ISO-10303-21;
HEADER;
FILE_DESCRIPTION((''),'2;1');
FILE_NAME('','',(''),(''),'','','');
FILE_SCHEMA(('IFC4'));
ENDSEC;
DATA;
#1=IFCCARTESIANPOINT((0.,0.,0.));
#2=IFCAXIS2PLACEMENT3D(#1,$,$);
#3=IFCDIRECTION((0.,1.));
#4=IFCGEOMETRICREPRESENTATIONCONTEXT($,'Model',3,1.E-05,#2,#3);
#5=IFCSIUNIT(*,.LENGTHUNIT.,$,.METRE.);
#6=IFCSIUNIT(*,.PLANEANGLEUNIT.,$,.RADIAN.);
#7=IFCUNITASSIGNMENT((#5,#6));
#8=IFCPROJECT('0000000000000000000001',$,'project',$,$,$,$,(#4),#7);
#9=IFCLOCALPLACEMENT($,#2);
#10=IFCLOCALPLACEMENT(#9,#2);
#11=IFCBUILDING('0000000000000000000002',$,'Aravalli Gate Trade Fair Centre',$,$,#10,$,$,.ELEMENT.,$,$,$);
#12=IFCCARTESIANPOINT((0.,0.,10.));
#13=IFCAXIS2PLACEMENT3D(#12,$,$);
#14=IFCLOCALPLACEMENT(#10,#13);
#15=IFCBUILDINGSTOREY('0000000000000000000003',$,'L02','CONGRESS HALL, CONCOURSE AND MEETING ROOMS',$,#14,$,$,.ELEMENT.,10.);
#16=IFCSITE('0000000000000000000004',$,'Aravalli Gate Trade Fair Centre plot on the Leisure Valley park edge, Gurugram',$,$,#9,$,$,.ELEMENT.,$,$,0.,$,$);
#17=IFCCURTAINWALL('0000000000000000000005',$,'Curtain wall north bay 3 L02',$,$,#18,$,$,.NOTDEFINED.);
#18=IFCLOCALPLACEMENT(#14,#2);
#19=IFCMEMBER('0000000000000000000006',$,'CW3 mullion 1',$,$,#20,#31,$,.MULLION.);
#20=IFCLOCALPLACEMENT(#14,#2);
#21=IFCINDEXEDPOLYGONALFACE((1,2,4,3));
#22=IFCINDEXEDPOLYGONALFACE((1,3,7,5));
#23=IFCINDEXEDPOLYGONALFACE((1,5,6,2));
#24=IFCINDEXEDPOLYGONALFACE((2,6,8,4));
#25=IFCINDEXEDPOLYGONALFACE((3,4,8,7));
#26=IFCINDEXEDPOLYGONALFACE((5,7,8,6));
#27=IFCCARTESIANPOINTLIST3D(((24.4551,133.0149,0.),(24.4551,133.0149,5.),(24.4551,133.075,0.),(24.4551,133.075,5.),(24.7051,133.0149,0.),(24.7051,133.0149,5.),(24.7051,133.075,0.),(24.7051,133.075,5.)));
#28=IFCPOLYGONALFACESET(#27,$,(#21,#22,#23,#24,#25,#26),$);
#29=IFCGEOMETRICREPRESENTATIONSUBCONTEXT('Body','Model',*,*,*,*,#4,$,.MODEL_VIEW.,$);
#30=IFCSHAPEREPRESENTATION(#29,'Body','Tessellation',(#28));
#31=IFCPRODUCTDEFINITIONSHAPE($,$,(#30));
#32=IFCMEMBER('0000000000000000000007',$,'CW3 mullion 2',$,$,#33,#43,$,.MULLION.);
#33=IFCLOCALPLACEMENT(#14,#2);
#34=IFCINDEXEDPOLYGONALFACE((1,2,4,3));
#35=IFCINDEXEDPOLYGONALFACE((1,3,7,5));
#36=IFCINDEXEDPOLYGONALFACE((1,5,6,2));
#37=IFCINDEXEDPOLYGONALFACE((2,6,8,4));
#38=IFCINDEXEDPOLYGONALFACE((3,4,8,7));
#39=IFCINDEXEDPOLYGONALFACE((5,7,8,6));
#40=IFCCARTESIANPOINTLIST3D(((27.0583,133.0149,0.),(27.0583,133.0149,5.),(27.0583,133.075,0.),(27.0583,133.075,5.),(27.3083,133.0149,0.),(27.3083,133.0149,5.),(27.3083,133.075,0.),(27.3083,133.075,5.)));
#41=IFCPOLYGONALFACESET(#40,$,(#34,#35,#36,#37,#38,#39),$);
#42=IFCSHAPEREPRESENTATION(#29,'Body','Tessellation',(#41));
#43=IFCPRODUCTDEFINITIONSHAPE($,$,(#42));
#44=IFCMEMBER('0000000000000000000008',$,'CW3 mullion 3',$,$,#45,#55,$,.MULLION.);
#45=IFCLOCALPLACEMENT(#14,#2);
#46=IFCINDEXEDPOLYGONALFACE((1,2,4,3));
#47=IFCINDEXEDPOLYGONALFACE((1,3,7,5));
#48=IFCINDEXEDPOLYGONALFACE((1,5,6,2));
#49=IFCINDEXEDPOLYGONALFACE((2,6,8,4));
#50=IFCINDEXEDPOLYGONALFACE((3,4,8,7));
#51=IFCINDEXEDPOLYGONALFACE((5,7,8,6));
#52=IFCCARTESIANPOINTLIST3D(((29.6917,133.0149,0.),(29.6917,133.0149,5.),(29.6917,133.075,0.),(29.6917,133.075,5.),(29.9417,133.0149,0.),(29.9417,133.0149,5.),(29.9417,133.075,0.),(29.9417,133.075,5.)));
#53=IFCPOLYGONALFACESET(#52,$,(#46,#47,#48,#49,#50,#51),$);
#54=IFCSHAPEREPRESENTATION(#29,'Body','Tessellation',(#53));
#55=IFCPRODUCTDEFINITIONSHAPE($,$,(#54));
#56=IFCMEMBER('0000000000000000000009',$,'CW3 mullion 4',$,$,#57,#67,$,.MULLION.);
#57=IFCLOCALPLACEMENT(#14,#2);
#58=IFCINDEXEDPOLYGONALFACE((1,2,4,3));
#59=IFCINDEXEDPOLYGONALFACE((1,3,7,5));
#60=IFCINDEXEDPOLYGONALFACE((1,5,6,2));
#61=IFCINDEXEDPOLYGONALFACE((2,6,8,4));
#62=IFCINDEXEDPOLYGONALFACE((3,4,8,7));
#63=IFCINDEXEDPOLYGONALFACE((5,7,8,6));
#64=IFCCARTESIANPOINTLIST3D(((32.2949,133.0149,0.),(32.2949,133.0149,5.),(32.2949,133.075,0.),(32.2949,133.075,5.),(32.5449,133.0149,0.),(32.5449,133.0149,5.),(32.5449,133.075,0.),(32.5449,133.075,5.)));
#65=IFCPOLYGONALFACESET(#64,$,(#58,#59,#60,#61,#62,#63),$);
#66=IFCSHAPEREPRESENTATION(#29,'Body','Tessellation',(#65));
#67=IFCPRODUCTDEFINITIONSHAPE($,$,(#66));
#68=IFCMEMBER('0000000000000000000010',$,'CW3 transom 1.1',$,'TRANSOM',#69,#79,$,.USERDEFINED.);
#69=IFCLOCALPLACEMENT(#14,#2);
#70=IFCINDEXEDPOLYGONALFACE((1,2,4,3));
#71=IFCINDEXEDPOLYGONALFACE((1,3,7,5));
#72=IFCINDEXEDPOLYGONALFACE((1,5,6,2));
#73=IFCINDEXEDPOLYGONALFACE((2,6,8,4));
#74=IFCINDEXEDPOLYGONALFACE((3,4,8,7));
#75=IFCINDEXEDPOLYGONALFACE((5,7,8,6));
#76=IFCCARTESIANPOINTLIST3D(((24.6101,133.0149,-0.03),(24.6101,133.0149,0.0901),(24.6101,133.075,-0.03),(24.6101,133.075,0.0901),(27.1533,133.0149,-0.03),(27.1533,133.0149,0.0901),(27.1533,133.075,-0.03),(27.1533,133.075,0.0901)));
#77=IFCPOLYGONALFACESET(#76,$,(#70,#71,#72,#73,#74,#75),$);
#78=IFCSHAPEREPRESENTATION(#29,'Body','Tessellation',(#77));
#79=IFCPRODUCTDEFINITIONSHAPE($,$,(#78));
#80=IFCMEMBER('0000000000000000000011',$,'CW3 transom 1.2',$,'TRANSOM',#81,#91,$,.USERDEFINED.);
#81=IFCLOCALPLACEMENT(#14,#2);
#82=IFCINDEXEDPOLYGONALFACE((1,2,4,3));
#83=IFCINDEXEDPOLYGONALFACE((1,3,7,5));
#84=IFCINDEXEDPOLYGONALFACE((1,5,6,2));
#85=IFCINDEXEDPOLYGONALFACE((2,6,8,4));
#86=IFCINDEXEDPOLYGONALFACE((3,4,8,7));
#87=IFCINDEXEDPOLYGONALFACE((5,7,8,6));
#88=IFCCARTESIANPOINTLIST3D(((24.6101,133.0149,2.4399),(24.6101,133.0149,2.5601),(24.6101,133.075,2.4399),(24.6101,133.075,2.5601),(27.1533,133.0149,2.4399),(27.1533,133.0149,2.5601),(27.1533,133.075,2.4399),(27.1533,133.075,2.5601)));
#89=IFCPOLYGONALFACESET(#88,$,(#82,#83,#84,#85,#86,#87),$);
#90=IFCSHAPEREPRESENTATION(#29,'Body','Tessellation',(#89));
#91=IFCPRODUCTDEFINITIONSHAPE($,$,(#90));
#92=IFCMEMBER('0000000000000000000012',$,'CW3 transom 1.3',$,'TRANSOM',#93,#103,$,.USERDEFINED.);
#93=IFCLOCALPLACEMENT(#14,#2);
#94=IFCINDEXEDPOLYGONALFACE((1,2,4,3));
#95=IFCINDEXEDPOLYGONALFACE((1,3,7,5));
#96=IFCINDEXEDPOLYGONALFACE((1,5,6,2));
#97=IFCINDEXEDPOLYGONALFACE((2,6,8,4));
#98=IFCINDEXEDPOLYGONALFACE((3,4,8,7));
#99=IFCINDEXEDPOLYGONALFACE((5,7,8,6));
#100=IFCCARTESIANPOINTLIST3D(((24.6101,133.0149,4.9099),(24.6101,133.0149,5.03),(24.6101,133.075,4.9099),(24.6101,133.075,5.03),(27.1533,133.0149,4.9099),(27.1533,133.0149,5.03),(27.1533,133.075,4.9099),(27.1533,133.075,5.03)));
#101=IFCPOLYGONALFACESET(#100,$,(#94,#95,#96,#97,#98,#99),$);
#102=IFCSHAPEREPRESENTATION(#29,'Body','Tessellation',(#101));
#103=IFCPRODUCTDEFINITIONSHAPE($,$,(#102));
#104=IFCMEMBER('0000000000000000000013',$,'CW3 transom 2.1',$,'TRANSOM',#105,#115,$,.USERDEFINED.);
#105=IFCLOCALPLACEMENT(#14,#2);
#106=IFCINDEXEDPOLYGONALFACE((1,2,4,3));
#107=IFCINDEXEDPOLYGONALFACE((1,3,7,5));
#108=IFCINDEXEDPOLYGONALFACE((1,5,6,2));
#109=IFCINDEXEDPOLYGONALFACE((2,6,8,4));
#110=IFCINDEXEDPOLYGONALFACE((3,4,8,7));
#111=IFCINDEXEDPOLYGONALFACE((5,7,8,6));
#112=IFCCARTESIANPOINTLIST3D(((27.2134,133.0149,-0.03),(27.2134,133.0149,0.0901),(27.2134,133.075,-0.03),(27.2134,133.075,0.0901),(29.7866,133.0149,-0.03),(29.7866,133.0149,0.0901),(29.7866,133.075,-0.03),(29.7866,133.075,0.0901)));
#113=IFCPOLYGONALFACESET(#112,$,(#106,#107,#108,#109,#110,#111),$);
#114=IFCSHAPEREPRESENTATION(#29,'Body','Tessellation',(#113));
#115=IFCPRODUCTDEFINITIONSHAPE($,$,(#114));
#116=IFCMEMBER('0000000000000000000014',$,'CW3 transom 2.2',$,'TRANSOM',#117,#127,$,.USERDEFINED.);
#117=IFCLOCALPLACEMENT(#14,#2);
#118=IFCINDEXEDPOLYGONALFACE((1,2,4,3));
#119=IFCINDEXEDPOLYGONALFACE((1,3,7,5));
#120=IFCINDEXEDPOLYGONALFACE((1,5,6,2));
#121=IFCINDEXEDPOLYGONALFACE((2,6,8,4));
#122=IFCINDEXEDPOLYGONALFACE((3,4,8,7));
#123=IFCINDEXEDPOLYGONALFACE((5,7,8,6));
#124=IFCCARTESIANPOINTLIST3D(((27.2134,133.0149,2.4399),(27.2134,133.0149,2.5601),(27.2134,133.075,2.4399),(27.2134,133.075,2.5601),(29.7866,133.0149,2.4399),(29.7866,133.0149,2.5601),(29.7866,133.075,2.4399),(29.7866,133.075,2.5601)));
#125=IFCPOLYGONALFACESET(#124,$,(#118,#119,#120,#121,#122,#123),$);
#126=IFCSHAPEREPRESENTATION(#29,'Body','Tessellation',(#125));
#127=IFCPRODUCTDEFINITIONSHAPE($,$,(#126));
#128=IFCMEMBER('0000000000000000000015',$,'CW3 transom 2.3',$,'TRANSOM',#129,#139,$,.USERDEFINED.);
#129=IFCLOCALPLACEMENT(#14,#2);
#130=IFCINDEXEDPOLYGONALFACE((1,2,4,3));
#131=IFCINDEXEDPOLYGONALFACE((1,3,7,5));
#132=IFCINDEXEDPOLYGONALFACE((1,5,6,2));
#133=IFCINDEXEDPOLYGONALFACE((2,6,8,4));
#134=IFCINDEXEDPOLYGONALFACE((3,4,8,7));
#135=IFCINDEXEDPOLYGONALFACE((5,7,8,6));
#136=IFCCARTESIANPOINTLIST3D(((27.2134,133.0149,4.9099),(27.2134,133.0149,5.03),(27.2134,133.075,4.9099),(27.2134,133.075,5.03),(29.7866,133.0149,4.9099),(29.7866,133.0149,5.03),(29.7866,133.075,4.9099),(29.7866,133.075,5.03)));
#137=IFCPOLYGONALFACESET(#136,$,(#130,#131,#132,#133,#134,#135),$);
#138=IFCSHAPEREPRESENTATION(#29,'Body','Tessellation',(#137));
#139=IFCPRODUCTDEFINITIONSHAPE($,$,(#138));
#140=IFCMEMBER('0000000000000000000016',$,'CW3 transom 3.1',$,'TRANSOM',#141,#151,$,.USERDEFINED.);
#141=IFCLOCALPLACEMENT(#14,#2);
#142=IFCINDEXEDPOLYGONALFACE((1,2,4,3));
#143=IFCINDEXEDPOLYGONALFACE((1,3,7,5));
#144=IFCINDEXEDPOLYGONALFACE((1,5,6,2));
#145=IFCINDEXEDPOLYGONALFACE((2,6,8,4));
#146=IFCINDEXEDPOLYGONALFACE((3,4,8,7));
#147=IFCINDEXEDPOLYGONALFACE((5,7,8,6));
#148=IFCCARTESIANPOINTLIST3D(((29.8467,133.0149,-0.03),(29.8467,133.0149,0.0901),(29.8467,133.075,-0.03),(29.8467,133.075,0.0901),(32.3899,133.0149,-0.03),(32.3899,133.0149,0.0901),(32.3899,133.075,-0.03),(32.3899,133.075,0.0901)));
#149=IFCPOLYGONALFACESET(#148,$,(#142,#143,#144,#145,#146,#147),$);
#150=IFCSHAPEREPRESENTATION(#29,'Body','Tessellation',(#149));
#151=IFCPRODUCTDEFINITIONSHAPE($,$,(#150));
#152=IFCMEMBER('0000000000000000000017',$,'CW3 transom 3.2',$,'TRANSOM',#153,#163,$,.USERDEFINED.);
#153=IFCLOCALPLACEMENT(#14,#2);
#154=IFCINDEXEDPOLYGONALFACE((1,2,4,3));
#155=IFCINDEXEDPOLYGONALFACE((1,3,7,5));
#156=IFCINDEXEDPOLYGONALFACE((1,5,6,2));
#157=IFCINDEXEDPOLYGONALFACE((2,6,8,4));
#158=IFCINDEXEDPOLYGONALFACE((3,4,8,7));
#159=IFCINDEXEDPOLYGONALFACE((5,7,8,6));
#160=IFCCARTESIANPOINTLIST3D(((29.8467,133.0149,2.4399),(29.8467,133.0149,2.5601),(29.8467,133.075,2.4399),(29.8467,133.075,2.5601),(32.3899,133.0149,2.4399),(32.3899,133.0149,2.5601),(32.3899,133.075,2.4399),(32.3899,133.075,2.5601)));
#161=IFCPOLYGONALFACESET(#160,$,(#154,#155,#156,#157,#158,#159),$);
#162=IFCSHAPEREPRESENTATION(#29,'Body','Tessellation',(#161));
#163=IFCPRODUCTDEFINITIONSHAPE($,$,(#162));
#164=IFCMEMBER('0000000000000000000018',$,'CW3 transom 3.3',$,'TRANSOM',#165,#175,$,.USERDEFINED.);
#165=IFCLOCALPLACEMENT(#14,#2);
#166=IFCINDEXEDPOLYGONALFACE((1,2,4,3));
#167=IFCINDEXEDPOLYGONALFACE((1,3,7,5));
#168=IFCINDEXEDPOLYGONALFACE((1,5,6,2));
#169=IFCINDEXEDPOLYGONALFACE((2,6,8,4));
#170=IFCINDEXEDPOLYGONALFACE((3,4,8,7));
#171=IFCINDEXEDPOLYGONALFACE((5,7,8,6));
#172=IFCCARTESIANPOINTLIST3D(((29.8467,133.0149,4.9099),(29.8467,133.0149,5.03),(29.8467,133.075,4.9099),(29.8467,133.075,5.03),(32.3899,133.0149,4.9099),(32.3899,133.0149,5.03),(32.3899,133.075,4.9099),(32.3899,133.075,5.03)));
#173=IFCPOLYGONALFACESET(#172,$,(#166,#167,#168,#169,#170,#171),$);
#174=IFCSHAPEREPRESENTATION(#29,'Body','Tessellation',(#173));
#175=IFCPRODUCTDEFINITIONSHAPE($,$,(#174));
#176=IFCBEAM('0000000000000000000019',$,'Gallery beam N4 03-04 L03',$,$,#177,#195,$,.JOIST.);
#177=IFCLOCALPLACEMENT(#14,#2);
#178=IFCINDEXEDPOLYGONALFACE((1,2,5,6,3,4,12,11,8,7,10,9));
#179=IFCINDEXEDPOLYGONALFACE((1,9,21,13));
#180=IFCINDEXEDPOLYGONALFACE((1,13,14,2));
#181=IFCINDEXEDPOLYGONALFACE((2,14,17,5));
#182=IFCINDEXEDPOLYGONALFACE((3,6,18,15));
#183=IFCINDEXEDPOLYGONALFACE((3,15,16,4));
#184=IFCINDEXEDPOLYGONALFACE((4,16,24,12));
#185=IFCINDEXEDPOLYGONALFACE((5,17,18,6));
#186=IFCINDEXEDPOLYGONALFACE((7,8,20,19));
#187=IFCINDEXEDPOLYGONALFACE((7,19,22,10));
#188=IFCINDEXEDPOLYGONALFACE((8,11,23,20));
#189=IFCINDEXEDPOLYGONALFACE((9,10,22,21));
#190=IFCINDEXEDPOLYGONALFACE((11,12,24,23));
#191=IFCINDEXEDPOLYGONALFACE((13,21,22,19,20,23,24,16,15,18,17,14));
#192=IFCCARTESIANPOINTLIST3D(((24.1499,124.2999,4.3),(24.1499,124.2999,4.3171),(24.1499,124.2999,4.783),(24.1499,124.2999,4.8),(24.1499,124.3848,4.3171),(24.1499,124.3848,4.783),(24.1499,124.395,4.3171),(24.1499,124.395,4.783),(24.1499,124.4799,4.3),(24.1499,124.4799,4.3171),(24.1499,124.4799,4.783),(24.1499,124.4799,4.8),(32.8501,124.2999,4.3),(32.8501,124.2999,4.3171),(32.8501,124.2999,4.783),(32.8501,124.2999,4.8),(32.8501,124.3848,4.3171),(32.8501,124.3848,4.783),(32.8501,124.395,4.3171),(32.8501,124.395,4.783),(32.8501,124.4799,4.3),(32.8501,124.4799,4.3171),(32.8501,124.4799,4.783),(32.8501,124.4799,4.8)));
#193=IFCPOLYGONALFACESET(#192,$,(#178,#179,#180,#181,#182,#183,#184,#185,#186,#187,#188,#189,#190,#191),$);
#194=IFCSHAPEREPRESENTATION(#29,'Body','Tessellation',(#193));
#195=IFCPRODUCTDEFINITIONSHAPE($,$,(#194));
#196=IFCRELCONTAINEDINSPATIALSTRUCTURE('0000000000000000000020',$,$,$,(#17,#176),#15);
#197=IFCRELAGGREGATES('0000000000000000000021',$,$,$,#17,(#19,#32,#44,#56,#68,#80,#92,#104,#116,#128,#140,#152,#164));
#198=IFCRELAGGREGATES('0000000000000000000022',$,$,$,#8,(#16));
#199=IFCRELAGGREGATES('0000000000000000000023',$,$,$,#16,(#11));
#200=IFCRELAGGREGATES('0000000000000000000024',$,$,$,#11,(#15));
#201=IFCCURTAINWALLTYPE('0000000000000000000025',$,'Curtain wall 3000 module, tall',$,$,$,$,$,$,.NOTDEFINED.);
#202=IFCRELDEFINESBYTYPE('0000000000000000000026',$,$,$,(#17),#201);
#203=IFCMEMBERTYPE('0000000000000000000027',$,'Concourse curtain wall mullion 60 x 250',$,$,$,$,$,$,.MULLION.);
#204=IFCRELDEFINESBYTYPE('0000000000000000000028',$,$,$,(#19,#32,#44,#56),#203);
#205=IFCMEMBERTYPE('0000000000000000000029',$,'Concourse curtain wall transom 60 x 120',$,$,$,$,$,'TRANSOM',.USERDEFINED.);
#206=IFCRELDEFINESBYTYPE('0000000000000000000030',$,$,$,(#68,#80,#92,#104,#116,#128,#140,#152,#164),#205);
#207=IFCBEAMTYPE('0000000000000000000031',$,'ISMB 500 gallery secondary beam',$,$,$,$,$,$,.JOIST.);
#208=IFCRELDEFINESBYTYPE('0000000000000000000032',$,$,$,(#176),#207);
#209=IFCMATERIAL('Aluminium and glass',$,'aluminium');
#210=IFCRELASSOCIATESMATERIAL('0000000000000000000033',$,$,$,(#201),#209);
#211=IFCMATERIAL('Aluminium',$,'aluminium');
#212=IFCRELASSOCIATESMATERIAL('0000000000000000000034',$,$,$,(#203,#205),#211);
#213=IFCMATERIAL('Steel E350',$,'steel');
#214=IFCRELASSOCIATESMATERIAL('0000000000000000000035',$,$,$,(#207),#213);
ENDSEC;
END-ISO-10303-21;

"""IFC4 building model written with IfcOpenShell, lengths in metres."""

from ifc_helpers import new_model, si_unit, direction, frame, origin, origin_2d, place, context, subcontext, project, spatial, rectangle, i_section, extrude, material, material_profile, profile_set, type_object, element, aggregate, save


model = new_model("IFC4")

# Units and contexts
model_context = context("Model", 3, precision=1e-05, world=origin(), true_north=direction((0.0, 1.0)))
body_context = subcontext(model_context, "Body", "Model", "MODEL_VIEW")
ifc_project = project(units=[si_unit("LENGTHUNIT", "METRE"), si_unit("PLANEANGLEUNIT", "RADIAN")], contexts=[model_context])

# Site, building, storey
site_placement = place(None, origin())
site = spatial("IfcSite", under=ifc_project, at=site_placement, Name="Aravalli Gate Trade Fair Centre plot on the Leisure Valley park edge, Gurugram", CompositionType="ELEMENT", RefElevation=0.0)
building_placement = place(site_placement, origin())
building = spatial("IfcBuilding", under=site, at=building_placement, Name="Aravalli Gate Trade Fair Centre", CompositionType="ELEMENT")
storey_placement = place(building_placement, frame((0.0, 0.0, 10.0)))
storey = spatial("IfcBuildingStorey", under=building, at=storey_placement, Name="L02", Description="CONGRESS HALL, CONCOURSE AND MEETING ROOMS", CompositionType="ELEMENT", Elevation=10.0)

# Curtain wall, members
ifc_material_1 = material(Name="Aluminium and glass", Category="aluminium")
curtain_wall_type = type_object("IfcCurtainWallType", Name="Curtain wall 3000 module, tall", PredefinedType="NOTDEFINED", material=ifc_material_1)
curtain_wall_placement = place(storey_placement, origin())
curtain_wall = element("IfcCurtainWall", 1, at=curtain_wall_placement, inside=storey, type_object=curtain_wall_type, Name="Curtain wall north bay 3 L02", PredefinedType="NOTDEFINED")
ifc_material_2 = material(Name="Aluminium", Category="aluminium")
ifc_material_profile_1 = material_profile(ifc_material_2, rectangle(XDim=0.0601, YDim=0.25, at=origin_2d()), Name="Concourse curtain wall mullion 60 x 250")
ifc_profile_set_1 = profile_set([ifc_material_profile_1], Name="Aluminium")
member_type_1 = type_object("IfcMemberType", Name="Concourse curtain wall mullion 60 x 250", PredefinedType="MULLION", material=ifc_profile_set_1)
member_1_placement = place(storey_placement, frame((24.5801, 133.0449, 0.0), z_axis=(0.0, 0.0, 1.0), x_axis=(0.0, 1.0, 0.0)))
member_1 = element("IfcMember", 2, at=member_1_placement, type_object=member_type_1, Name="CW3 mullion 1", PredefinedType="MULLION", context=body_context, shape_type="SweptSolid", body=[
    extrude(rectangle(XDim=0.0601, YDim=0.25, at=origin_2d()), origin(), (0.0, 0.0, 1.0), 5.0),
])
member_2_placement = place(storey_placement, frame((27.1833, 133.0449, 0.0), z_axis=(0.0, 0.0, 1.0), x_axis=(0.0, 1.0, 0.0)))
member_2 = element("IfcMember", 3, at=member_2_placement, type_object=member_type_1, Name="CW3 mullion 2", PredefinedType="MULLION", context=body_context, shape_type="SweptSolid", body=[
    extrude(rectangle(XDim=0.0601, YDim=0.25, at=origin_2d()), origin(), (0.0, 0.0, 1.0), 5.0),
])
member_3_placement = place(storey_placement, frame((29.8167, 133.0449, 0.0), z_axis=(0.0, 0.0, 1.0), x_axis=(0.0, 1.0, 0.0)))
member_3 = element("IfcMember", 4, at=member_3_placement, type_object=member_type_1, Name="CW3 mullion 3", PredefinedType="MULLION", context=body_context, shape_type="SweptSolid", body=[
    extrude(rectangle(XDim=0.0601, YDim=0.25, at=origin_2d()), origin(), (0.0, 0.0, 1.0), 5.0),
])
member_4_placement = place(storey_placement, frame((32.4199, 133.0449, 0.0), z_axis=(0.0, 0.0, 1.0), x_axis=(0.0, 1.0, 0.0)))
member_4 = element("IfcMember", 5, at=member_4_placement, type_object=member_type_1, Name="CW3 mullion 4", PredefinedType="MULLION", context=body_context, shape_type="SweptSolid", body=[
    extrude(rectangle(XDim=0.0601, YDim=0.25, at=origin_2d()), origin(), (0.0, 0.0, 1.0), 5.0),
])
ifc_material_profile_2 = material_profile(ifc_material_2, rectangle(XDim=0.0601, YDim=0.1201, at=origin_2d()), Name="Concourse curtain wall transom 60 x 120")
ifc_profile_set_2 = profile_set([ifc_material_profile_2], Name="Aluminium")
member_type_2 = type_object("IfcMemberType", Name="Concourse curtain wall transom 60 x 120", ElementType="TRANSOM", PredefinedType="USERDEFINED", material=ifc_profile_set_2)
member_5_placement = place(storey_placement, frame((24.6101, 133.0449, 0.03), z_axis=(1.0, 0.0, 0.0), x_axis=(0.0, 1.0, 0.0)))
member_5 = element("IfcMember", 6, at=member_5_placement, type_object=member_type_2, Name="CW3 transom 1.1", ObjectType="TRANSOM", PredefinedType="USERDEFINED", context=body_context, shape_type="SweptSolid", body=[
    extrude(rectangle(XDim=0.0601, YDim=0.1201, at=origin_2d()), origin(), (0.0, 0.0, 1.0), 2.5432),
])
member_6_placement = place(storey_placement, frame((24.6101, 133.0449, 2.5), z_axis=(1.0, 0.0, 0.0), x_axis=(0.0, 1.0, 0.0)))
member_6 = element("IfcMember", 7, at=member_6_placement, type_object=member_type_2, Name="CW3 transom 1.2", ObjectType="TRANSOM", PredefinedType="USERDEFINED", context=body_context, shape_type="SweptSolid", body=[
    extrude(rectangle(XDim=0.0601, YDim=0.1201, at=origin_2d()), origin(), (0.0, 0.0, 1.0), 2.5432),
])
member_7_placement = place(storey_placement, frame((24.6101, 133.0449, 4.97), z_axis=(1.0, 0.0, 0.0), x_axis=(0.0, 1.0, 0.0)))
member_7 = element("IfcMember", 8, at=member_7_placement, type_object=member_type_2, Name="CW3 transom 1.3", ObjectType="TRANSOM", PredefinedType="USERDEFINED", context=body_context, shape_type="SweptSolid", body=[
    extrude(rectangle(XDim=0.0601, YDim=0.1201, at=origin_2d()), origin(), (0.0, 0.0, 1.0), 2.5432),
])
member_8_placement = place(storey_placement, frame((27.2134, 133.0449, 0.03), z_axis=(1.0, 0.0, 0.0), x_axis=(0.0, 1.0, 0.0)))
member_8 = element("IfcMember", 9, at=member_8_placement, type_object=member_type_2, Name="CW3 transom 2.1", ObjectType="TRANSOM", PredefinedType="USERDEFINED", context=body_context, shape_type="SweptSolid", body=[
    extrude(rectangle(XDim=0.0601, YDim=0.1201, at=origin_2d()), origin(), (0.0, 0.0, 1.0), 2.5732),
])
member_9_placement = place(storey_placement, frame((27.2134, 133.0449, 2.5), z_axis=(1.0, 0.0, 0.0), x_axis=(0.0, 1.0, 0.0)))
member_9 = element("IfcMember", 10, at=member_9_placement, type_object=member_type_2, Name="CW3 transom 2.2", ObjectType="TRANSOM", PredefinedType="USERDEFINED", context=body_context, shape_type="SweptSolid", body=[
    extrude(rectangle(XDim=0.0601, YDim=0.1201, at=origin_2d()), origin(), (0.0, 0.0, 1.0), 2.5732),
])
member_10_placement = place(storey_placement, frame((27.2134, 133.0449, 4.97), z_axis=(1.0, 0.0, 0.0), x_axis=(0.0, 1.0, 0.0)))
member_10 = element("IfcMember", 11, at=member_10_placement, type_object=member_type_2, Name="CW3 transom 2.3", ObjectType="TRANSOM", PredefinedType="USERDEFINED", context=body_context, shape_type="SweptSolid", body=[
    extrude(rectangle(XDim=0.0601, YDim=0.1201, at=origin_2d()), origin(), (0.0, 0.0, 1.0), 2.5732),
])
member_11_placement = place(storey_placement, frame((29.8467, 133.0449, 0.03), z_axis=(1.0, 0.0, 0.0), x_axis=(0.0, 1.0, 0.0)))
member_11 = element("IfcMember", 12, at=member_11_placement, type_object=member_type_2, Name="CW3 transom 3.1", ObjectType="TRANSOM", PredefinedType="USERDEFINED", context=body_context, shape_type="SweptSolid", body=[
    extrude(rectangle(XDim=0.0601, YDim=0.1201, at=origin_2d()), origin(), (0.0, 0.0, 1.0), 2.5432),
])
member_12_placement = place(storey_placement, frame((29.8467, 133.0449, 2.5), z_axis=(1.0, 0.0, 0.0), x_axis=(0.0, 1.0, 0.0)))
member_12 = element("IfcMember", 13, at=member_12_placement, type_object=member_type_2, Name="CW3 transom 3.2", ObjectType="TRANSOM", PredefinedType="USERDEFINED", context=body_context, shape_type="SweptSolid", body=[
    extrude(rectangle(XDim=0.0601, YDim=0.1201, at=origin_2d()), origin(), (0.0, 0.0, 1.0), 2.5432),
])
member_13_placement = place(storey_placement, frame((29.8467, 133.0449, 4.97), z_axis=(1.0, 0.0, 0.0), x_axis=(0.0, 1.0, 0.0)))
member_13 = element("IfcMember", 14, at=member_13_placement, type_object=member_type_2, Name="CW3 transom 3.3", ObjectType="TRANSOM", PredefinedType="USERDEFINED", context=body_context, shape_type="SweptSolid", body=[
    extrude(rectangle(XDim=0.0601, YDim=0.1201, at=origin_2d()), origin(), (0.0, 0.0, 1.0), 2.5432),
])

# Beam
ifc_material_3 = material(Name="Steel E350", Category="steel")
ifc_material_profile_3 = material_profile(ifc_material_3, i_section(OverallWidth=0.1799, OverallDepth=0.5, WebThickness=0.0103, FlangeThickness=0.0171, at=origin_2d()), Name="ISMB 500")
ifc_profile_set_3 = profile_set([ifc_material_profile_3], Name="Steel E350")
beam_type = type_object("IfcBeamType", Name="ISMB 500 gallery secondary beam", PredefinedType="JOIST", material=ifc_profile_set_3)
for number, where, z_axis, x_axis, name in (
    (15, (24.1499, 124.3899, 4.55), (1.0, 0.0, 0.0), (0.0, 1.0, 0.0), "Gallery beam N4 03-04 L03"),
):
    element("IfcBeam", number, at=place(storey_placement, frame(where, z_axis=z_axis, x_axis=x_axis)), inside=storey, type_object=beam_type, Name=name, PredefinedType="JOIST", context=body_context, shape_type="SweptSolid", body=[
        extrude(i_section(OverallWidth=0.1799, OverallDepth=0.5, WebThickness=0.0103, FlangeThickness=0.0171, at=origin_2d()), origin(), (0.0, 0.0, 1.0), 8.7002),
    ])

aggregate(curtain_wall, [member_1, member_2, member_3, member_4, member_5, member_6, member_7, member_8, member_9, member_10, member_11, member_12, member_13])

save(model, "model.ifc")
